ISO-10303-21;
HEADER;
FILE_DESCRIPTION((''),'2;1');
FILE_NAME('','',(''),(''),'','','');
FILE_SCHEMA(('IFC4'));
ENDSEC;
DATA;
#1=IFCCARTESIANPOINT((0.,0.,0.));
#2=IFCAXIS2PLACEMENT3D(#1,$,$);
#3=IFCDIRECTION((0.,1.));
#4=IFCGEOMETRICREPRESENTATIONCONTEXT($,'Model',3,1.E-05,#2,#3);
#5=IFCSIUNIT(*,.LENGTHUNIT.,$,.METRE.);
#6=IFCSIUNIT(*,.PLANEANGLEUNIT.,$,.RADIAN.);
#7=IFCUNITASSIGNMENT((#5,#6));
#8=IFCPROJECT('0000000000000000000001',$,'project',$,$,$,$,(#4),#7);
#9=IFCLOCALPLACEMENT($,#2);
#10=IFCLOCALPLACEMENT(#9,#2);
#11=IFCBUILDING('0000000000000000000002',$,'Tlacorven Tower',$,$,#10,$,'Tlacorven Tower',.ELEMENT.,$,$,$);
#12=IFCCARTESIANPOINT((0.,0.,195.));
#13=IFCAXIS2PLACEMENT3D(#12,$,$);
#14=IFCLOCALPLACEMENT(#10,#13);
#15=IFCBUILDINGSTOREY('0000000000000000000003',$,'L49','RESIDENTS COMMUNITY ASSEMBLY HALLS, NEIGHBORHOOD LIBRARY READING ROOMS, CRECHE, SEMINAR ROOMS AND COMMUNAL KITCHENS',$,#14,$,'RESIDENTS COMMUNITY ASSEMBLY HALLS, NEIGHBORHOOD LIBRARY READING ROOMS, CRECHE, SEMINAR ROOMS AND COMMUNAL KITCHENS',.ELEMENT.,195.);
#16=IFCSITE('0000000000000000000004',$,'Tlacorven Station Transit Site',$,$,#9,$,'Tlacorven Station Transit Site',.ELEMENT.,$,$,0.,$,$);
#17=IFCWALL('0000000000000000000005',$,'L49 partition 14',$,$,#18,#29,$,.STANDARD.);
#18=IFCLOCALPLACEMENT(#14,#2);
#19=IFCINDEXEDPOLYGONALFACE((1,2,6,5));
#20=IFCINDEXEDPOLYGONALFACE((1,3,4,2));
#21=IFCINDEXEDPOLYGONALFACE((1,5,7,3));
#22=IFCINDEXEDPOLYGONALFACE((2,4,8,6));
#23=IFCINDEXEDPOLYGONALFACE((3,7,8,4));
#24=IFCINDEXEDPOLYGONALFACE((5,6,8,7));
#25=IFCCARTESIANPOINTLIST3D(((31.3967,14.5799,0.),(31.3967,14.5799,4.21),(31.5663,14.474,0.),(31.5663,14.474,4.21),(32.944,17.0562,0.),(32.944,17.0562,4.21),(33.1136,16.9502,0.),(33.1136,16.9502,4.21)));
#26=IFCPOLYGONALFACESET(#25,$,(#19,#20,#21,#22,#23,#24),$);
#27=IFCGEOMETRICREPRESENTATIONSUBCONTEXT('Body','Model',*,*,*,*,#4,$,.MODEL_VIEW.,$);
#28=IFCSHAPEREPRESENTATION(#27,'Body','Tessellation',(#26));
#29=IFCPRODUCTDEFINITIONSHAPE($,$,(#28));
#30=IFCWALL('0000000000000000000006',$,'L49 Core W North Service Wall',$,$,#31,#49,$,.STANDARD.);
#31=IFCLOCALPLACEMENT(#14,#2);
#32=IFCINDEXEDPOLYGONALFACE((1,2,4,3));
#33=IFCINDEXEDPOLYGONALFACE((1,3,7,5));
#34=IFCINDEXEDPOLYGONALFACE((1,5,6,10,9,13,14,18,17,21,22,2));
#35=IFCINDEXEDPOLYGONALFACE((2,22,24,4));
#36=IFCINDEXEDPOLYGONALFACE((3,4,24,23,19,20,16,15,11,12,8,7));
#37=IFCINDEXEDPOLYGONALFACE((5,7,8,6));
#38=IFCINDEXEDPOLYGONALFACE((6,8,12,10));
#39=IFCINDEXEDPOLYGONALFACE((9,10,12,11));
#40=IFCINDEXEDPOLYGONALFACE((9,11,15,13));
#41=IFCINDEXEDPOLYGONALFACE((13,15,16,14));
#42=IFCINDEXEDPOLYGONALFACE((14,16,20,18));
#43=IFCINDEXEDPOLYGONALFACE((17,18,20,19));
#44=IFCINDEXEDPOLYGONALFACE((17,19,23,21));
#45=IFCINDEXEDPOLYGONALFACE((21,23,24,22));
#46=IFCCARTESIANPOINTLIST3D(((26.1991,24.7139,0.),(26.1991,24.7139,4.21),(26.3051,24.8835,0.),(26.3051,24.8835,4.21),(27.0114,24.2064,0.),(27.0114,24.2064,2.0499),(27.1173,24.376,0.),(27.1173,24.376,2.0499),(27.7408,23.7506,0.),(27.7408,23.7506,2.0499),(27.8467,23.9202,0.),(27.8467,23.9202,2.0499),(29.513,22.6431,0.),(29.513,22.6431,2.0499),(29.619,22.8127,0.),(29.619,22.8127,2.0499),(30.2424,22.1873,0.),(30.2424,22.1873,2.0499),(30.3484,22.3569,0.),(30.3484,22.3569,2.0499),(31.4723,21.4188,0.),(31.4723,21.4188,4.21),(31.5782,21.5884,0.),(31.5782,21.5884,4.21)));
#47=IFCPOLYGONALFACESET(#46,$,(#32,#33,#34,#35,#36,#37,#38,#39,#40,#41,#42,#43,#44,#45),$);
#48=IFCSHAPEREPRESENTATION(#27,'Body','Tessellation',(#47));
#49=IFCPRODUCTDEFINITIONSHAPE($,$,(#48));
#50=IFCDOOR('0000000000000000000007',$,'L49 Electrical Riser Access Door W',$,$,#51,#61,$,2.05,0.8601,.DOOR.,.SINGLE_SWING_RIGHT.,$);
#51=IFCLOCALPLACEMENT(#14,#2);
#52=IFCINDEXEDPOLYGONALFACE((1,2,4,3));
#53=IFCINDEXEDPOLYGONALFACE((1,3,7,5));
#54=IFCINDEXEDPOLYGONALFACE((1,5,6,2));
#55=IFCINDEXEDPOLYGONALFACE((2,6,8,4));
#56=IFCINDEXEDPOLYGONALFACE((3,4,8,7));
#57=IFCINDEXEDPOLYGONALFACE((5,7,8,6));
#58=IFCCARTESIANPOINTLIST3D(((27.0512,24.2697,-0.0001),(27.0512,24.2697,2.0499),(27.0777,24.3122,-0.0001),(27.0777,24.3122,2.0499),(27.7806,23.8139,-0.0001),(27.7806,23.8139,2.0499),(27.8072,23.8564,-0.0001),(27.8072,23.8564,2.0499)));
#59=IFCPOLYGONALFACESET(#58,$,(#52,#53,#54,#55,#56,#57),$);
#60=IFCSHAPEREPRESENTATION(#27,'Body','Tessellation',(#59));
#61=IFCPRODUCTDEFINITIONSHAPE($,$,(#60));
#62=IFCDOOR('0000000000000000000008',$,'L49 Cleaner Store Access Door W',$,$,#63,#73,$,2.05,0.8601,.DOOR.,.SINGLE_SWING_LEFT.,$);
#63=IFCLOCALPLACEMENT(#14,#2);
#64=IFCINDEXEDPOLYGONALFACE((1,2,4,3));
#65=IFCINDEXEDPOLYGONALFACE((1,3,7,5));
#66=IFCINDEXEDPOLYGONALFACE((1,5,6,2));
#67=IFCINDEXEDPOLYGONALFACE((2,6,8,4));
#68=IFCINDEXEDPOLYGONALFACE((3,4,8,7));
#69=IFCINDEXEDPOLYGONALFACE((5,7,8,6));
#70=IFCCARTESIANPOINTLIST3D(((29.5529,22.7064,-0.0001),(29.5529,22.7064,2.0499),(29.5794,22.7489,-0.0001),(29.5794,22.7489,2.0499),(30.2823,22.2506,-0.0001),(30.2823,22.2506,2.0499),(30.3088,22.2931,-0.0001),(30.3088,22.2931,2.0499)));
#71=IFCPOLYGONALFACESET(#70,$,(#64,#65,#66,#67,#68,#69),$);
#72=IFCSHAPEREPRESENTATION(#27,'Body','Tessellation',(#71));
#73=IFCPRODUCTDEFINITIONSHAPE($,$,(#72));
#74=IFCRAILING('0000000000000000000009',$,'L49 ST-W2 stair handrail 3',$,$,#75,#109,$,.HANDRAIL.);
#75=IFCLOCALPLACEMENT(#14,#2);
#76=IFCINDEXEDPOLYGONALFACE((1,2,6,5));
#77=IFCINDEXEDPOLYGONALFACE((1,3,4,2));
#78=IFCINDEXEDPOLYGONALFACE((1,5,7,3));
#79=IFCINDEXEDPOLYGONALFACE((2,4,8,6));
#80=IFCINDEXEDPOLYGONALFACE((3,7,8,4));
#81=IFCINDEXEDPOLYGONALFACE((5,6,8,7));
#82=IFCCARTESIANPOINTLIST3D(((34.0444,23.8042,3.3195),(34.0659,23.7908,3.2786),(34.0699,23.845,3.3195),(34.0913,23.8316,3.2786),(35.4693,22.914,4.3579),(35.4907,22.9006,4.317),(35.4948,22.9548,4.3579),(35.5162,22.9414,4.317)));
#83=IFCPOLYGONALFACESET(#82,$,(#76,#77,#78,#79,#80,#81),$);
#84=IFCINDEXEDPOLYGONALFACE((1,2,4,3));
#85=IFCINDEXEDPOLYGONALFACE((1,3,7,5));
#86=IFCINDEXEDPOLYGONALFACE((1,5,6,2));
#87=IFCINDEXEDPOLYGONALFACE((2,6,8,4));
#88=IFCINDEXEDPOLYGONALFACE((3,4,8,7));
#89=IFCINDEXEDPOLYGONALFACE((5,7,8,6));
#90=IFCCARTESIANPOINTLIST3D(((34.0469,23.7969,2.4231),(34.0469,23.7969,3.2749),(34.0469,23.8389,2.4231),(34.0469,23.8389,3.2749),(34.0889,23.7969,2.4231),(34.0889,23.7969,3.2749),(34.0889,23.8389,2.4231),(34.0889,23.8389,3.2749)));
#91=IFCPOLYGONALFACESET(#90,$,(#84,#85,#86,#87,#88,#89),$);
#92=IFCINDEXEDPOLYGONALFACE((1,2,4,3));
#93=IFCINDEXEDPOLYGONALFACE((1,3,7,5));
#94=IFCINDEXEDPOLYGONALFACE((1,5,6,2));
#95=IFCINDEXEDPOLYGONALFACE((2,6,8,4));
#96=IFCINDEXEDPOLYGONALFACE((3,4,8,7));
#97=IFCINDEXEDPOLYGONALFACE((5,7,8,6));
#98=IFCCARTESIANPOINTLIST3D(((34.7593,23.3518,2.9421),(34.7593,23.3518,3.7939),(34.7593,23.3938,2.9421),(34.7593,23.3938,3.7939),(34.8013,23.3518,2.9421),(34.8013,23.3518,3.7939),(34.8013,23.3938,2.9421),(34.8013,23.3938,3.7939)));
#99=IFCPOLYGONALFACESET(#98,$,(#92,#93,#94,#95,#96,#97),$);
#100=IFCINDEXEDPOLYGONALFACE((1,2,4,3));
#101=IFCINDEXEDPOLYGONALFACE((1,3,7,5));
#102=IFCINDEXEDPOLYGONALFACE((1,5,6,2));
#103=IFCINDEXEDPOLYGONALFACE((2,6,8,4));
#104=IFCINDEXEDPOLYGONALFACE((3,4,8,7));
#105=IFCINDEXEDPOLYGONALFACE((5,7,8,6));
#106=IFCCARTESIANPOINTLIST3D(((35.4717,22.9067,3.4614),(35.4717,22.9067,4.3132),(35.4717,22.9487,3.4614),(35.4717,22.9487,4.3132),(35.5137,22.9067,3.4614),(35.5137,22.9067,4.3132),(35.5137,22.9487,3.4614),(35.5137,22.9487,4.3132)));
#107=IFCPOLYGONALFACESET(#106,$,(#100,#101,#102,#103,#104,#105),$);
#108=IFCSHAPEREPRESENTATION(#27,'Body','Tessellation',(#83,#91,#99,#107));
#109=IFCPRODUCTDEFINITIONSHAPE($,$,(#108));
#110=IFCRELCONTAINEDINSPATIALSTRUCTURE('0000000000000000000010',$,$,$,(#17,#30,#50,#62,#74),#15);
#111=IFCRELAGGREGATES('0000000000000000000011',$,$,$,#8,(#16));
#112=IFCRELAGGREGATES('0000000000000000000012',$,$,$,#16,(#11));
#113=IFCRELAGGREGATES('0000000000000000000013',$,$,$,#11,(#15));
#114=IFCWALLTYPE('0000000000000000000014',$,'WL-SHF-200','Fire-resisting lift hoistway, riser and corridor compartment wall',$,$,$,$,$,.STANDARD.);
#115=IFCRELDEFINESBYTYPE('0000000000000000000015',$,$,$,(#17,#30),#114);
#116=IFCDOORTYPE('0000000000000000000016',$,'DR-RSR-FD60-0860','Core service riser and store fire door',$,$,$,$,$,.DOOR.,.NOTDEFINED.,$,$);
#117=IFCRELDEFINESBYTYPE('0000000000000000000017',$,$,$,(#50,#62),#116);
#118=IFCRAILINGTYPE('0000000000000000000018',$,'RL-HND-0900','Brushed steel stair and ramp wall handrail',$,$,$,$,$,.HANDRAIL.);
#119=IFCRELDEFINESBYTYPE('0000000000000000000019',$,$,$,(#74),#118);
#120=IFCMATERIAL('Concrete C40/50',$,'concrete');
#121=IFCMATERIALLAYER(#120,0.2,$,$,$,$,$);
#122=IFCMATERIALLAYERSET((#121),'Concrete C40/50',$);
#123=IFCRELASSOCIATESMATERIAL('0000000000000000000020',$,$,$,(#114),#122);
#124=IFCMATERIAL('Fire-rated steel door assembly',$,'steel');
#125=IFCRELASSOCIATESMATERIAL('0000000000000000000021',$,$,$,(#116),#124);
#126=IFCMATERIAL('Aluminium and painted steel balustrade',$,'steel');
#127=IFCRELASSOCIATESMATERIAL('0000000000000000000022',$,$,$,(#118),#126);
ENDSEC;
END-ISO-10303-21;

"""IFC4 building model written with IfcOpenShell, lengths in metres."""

from ifc_helpers import new_model, si_unit, direction, frame, frame_2d, origin, origin_2d, place, context, subcontext, project, spatial, rectangle, extrude, source, transform, mapped, material, layer, layer_set, type_object, element, fill, save


model = new_model("IFC4")

# Units and contexts
model_context = context("Model", 3, precision=1e-05, world=origin(), true_north=direction((0.0, 1.0)))
body_context = subcontext(model_context, "Body", "Model", "MODEL_VIEW")
ifc_project = project(units=[si_unit("LENGTHUNIT", "METRE"), si_unit("PLANEANGLEUNIT", "RADIAN")], contexts=[model_context])

# Site, building, storey
site_placement = place(None, origin())
site = spatial("IfcSite", under=ifc_project, at=site_placement, Name="Tlacorven Station Transit Site", LongName="Tlacorven Station Transit Site", CompositionType="ELEMENT", RefElevation=0.0)
building_placement = place(site_placement, origin())
building = spatial("IfcBuilding", under=site, at=building_placement, Name="Tlacorven Tower", LongName="Tlacorven Tower", CompositionType="ELEMENT")
storey_placement = place(building_placement, frame((0.0, 0.0, 195.0)))
storey = spatial("IfcBuildingStorey", under=building, at=storey_placement, Name="L49", Description="RESIDENTS COMMUNITY ASSEMBLY HALLS, NEIGHBORHOOD LIBRARY READING ROOMS, CRECHE, SEMINAR ROOMS AND COMMUNAL KITCHENS", LongName="RESIDENTS COMMUNITY ASSEMBLY HALLS, NEIGHBORHOOD LIBRARY READING ROOMS, CRECHE, SEMINAR ROOMS AND COMMUNAL KITCHENS", CompositionType="ELEMENT", Elevation=195.0)

# Shared definitions
ifc_material_1 = material(Name="Concrete C40/50", Category="concrete")
ifc_layer_1 = layer(ifc_material_1, 0.2)
ifc_layer_set_1 = layer_set([ifc_layer_1], Name="Concrete C40/50")
wall_type_1 = type_object("IfcWallType", Name="WL-SHF-200", Description="Fire-resisting lift hoistway, riser and corridor compartment wall", PredefinedType="STANDARD", material=ifc_layer_set_1)
ifc_material_2 = material(Name="Fire-rated steel door assembly", Category="steel")

# Wall
wall_1_placement = place(storey_placement, frame((33.0288, 17.0032, 0.0), z_axis=(0.0, 0.0, 1.0), x_axis=(-0.529916, -0.84805, 0.0)))
element("IfcWall", 1, at=wall_1_placement, inside=storey, type_object=wall_type_1, Name="L49 partition 14", PredefinedType="STANDARD", context=body_context, shape_type="SweptSolid", body=[
    extrude(rectangle(XDim=2.9199, YDim=0.2, at=frame_2d((1.46, 0.0))), origin(), (0.0, 0.0, 1.0), 4.21),
])

# Wall, openings, doors
wall_2_placement = place(storey_placement, frame((31.5251, 21.5037, 0.0), z_axis=(0.0, 0.0, 1.0), x_axis=(-0.84804, 0.529932, 0.0)))
wall_2 = element("IfcWall", 2, at=wall_2_placement, inside=storey, type_object=wall_type_1, Name="L49 Core W North Service Wall", PredefinedType="STANDARD", context=body_context, shape_type="SweptSolid", body=[
    extrude(rectangle(XDim=6.218, YDim=0.2, at=frame_2d((3.1089, 0.0))), origin(), (0.0, 0.0, 1.0), 4.21),
])
opening_1_placement = place(wall_2_placement, frame((4.3999, 0.0, 0.0)))
opening_1 = element("IfcOpeningElement", 3, at=opening_1_placement, cuts=wall_2, PredefinedType="OPENING", context=body_context, shape_type="SweptSolid", body=[
    extrude(rectangle(XDim=0.8601, YDim=2.05, at=frame_2d((0.4302, 1.0249))), frame((0.0, 0.1099, 0.0), z_axis=(0.0, -1.0, 0.0), x_axis=(1.0, 0.0, 0.0)), (0.0, 0.0, 1.0), 0.22),
])
opening_2_placement = place(wall_2_placement, frame((1.45, 0.0, 0.0)))
opening_2 = element("IfcOpeningElement", 4, at=opening_2_placement, cuts=wall_2, PredefinedType="OPENING", context=body_context, shape_type="SweptSolid", body=[
    extrude(rectangle(XDim=0.8601, YDim=2.05, at=frame_2d((0.4302, 1.0249))), frame((0.0, 0.1099, 0.0), z_axis=(0.0, -1.0, 0.0), x_axis=(1.0, 0.0, 0.0)), (0.0, 0.0, 1.0), 0.22),
])
door_type_1 = type_object("IfcDoorType", Name="DR-RSR-FD60-0860", Description="Core service riser and store fire door", OperationType="NOTDEFINED", PredefinedType="DOOR", material=ifc_material_2)
shared_shape_1 = source(origin(), body_context, "Body", "SweptSolid", [
    extrude(rectangle(XDim=0.8601, YDim=2.05, at=frame_2d((0.4302, 1.0249))), frame((0.0, 0.0249, 0.0), z_axis=(0.0, -1.0, 0.0), x_axis=(1.0, 0.0, 0.0)), (0.0, 0.0, 1.0), 0.05),
])
door_1_placement = place(opening_1_placement, frame((0.8601, 0.0, 0.0), z_axis=(0.0, 0.0, 1.0), x_axis=(-1.0, 0.0, 0.0)))
door_1 = element("IfcDoor", 5, at=door_1_placement, inside=storey, type_object=door_type_1, Name="L49 Electrical Riser Access Door W", OperationType="SINGLE_SWING_RIGHT", OverallHeight=2.05, OverallWidth=0.8601, PredefinedType="DOOR", context=body_context, shape_type="MappedRepresentation", body=[
    mapped(shared_shape_1, transform((0.0, 0.0, 0.0), scale=1.0)),
])
fill(opening_1, door_1)
door_2_placement = place(opening_2_placement, frame((0.8601, 0.0, 0.0), z_axis=(0.0, 0.0, 1.0), x_axis=(-1.0, 0.0, 0.0)))
door_2 = element("IfcDoor", 6, at=door_2_placement, inside=storey, type_object=door_type_1, Name="L49 Cleaner Store Access Door W", OperationType="SINGLE_SWING_LEFT", OverallHeight=2.05, OverallWidth=0.8601, PredefinedType="DOOR", context=body_context, shape_type="MappedRepresentation", body=[
    mapped(shared_shape_1, transform((0.0, 0.0, 0.0), scale=1.0)),
])
fill(opening_2, door_2)

# Railing
ifc_material_3 = material(Name="Aluminium and painted steel balustrade", Category="steel")
railing_type = type_object("IfcRailingType", Name="RL-HND-0900", Description="Brushed steel stair and ramp wall handrail", PredefinedType="HANDRAIL", material=ifc_material_3)
shared_shape_2 = source(origin(), body_context, "Body", "SweptSolid", [
    extrude(rectangle(XDim=0.0481, YDim=0.0481, at=origin_2d()), frame((0.0, 0.0, 0.876), z_axis=(0.721428, -0.450707, 0.525742), x_axis=(0.529842, 0.848096, 0.0)), (0.0, 0.0, 1.0), 1.9751),
    extrude(rectangle(XDim=0.042, YDim=0.042, at=origin_2d()), origin(), (0.0, 0.0, 1.0), 0.8518),
    extrude(rectangle(XDim=0.042, YDim=0.042, at=origin_2d()), frame((0.7124, -0.4451, 0.519)), (0.0, 0.0, 1.0), 0.8518),
    extrude(rectangle(XDim=0.042, YDim=0.042, at=origin_2d()), frame((1.4248, -0.8901, 1.0383)), (0.0, 0.0, 1.0), 0.8518),
])
railing_placement = place(storey_placement, frame((34.0679, 23.8179, 2.4231)))
element("IfcRailing", 7, at=railing_placement, inside=storey, type_object=railing_type, Name="L49 ST-W2 stair handrail 3", PredefinedType="HANDRAIL", context=body_context, shape_type="MappedRepresentation", body=[
    mapped(shared_shape_2, transform((0.0, 0.0, 0.0), scale=1.0)),
])

save(model, "model.ifc")
